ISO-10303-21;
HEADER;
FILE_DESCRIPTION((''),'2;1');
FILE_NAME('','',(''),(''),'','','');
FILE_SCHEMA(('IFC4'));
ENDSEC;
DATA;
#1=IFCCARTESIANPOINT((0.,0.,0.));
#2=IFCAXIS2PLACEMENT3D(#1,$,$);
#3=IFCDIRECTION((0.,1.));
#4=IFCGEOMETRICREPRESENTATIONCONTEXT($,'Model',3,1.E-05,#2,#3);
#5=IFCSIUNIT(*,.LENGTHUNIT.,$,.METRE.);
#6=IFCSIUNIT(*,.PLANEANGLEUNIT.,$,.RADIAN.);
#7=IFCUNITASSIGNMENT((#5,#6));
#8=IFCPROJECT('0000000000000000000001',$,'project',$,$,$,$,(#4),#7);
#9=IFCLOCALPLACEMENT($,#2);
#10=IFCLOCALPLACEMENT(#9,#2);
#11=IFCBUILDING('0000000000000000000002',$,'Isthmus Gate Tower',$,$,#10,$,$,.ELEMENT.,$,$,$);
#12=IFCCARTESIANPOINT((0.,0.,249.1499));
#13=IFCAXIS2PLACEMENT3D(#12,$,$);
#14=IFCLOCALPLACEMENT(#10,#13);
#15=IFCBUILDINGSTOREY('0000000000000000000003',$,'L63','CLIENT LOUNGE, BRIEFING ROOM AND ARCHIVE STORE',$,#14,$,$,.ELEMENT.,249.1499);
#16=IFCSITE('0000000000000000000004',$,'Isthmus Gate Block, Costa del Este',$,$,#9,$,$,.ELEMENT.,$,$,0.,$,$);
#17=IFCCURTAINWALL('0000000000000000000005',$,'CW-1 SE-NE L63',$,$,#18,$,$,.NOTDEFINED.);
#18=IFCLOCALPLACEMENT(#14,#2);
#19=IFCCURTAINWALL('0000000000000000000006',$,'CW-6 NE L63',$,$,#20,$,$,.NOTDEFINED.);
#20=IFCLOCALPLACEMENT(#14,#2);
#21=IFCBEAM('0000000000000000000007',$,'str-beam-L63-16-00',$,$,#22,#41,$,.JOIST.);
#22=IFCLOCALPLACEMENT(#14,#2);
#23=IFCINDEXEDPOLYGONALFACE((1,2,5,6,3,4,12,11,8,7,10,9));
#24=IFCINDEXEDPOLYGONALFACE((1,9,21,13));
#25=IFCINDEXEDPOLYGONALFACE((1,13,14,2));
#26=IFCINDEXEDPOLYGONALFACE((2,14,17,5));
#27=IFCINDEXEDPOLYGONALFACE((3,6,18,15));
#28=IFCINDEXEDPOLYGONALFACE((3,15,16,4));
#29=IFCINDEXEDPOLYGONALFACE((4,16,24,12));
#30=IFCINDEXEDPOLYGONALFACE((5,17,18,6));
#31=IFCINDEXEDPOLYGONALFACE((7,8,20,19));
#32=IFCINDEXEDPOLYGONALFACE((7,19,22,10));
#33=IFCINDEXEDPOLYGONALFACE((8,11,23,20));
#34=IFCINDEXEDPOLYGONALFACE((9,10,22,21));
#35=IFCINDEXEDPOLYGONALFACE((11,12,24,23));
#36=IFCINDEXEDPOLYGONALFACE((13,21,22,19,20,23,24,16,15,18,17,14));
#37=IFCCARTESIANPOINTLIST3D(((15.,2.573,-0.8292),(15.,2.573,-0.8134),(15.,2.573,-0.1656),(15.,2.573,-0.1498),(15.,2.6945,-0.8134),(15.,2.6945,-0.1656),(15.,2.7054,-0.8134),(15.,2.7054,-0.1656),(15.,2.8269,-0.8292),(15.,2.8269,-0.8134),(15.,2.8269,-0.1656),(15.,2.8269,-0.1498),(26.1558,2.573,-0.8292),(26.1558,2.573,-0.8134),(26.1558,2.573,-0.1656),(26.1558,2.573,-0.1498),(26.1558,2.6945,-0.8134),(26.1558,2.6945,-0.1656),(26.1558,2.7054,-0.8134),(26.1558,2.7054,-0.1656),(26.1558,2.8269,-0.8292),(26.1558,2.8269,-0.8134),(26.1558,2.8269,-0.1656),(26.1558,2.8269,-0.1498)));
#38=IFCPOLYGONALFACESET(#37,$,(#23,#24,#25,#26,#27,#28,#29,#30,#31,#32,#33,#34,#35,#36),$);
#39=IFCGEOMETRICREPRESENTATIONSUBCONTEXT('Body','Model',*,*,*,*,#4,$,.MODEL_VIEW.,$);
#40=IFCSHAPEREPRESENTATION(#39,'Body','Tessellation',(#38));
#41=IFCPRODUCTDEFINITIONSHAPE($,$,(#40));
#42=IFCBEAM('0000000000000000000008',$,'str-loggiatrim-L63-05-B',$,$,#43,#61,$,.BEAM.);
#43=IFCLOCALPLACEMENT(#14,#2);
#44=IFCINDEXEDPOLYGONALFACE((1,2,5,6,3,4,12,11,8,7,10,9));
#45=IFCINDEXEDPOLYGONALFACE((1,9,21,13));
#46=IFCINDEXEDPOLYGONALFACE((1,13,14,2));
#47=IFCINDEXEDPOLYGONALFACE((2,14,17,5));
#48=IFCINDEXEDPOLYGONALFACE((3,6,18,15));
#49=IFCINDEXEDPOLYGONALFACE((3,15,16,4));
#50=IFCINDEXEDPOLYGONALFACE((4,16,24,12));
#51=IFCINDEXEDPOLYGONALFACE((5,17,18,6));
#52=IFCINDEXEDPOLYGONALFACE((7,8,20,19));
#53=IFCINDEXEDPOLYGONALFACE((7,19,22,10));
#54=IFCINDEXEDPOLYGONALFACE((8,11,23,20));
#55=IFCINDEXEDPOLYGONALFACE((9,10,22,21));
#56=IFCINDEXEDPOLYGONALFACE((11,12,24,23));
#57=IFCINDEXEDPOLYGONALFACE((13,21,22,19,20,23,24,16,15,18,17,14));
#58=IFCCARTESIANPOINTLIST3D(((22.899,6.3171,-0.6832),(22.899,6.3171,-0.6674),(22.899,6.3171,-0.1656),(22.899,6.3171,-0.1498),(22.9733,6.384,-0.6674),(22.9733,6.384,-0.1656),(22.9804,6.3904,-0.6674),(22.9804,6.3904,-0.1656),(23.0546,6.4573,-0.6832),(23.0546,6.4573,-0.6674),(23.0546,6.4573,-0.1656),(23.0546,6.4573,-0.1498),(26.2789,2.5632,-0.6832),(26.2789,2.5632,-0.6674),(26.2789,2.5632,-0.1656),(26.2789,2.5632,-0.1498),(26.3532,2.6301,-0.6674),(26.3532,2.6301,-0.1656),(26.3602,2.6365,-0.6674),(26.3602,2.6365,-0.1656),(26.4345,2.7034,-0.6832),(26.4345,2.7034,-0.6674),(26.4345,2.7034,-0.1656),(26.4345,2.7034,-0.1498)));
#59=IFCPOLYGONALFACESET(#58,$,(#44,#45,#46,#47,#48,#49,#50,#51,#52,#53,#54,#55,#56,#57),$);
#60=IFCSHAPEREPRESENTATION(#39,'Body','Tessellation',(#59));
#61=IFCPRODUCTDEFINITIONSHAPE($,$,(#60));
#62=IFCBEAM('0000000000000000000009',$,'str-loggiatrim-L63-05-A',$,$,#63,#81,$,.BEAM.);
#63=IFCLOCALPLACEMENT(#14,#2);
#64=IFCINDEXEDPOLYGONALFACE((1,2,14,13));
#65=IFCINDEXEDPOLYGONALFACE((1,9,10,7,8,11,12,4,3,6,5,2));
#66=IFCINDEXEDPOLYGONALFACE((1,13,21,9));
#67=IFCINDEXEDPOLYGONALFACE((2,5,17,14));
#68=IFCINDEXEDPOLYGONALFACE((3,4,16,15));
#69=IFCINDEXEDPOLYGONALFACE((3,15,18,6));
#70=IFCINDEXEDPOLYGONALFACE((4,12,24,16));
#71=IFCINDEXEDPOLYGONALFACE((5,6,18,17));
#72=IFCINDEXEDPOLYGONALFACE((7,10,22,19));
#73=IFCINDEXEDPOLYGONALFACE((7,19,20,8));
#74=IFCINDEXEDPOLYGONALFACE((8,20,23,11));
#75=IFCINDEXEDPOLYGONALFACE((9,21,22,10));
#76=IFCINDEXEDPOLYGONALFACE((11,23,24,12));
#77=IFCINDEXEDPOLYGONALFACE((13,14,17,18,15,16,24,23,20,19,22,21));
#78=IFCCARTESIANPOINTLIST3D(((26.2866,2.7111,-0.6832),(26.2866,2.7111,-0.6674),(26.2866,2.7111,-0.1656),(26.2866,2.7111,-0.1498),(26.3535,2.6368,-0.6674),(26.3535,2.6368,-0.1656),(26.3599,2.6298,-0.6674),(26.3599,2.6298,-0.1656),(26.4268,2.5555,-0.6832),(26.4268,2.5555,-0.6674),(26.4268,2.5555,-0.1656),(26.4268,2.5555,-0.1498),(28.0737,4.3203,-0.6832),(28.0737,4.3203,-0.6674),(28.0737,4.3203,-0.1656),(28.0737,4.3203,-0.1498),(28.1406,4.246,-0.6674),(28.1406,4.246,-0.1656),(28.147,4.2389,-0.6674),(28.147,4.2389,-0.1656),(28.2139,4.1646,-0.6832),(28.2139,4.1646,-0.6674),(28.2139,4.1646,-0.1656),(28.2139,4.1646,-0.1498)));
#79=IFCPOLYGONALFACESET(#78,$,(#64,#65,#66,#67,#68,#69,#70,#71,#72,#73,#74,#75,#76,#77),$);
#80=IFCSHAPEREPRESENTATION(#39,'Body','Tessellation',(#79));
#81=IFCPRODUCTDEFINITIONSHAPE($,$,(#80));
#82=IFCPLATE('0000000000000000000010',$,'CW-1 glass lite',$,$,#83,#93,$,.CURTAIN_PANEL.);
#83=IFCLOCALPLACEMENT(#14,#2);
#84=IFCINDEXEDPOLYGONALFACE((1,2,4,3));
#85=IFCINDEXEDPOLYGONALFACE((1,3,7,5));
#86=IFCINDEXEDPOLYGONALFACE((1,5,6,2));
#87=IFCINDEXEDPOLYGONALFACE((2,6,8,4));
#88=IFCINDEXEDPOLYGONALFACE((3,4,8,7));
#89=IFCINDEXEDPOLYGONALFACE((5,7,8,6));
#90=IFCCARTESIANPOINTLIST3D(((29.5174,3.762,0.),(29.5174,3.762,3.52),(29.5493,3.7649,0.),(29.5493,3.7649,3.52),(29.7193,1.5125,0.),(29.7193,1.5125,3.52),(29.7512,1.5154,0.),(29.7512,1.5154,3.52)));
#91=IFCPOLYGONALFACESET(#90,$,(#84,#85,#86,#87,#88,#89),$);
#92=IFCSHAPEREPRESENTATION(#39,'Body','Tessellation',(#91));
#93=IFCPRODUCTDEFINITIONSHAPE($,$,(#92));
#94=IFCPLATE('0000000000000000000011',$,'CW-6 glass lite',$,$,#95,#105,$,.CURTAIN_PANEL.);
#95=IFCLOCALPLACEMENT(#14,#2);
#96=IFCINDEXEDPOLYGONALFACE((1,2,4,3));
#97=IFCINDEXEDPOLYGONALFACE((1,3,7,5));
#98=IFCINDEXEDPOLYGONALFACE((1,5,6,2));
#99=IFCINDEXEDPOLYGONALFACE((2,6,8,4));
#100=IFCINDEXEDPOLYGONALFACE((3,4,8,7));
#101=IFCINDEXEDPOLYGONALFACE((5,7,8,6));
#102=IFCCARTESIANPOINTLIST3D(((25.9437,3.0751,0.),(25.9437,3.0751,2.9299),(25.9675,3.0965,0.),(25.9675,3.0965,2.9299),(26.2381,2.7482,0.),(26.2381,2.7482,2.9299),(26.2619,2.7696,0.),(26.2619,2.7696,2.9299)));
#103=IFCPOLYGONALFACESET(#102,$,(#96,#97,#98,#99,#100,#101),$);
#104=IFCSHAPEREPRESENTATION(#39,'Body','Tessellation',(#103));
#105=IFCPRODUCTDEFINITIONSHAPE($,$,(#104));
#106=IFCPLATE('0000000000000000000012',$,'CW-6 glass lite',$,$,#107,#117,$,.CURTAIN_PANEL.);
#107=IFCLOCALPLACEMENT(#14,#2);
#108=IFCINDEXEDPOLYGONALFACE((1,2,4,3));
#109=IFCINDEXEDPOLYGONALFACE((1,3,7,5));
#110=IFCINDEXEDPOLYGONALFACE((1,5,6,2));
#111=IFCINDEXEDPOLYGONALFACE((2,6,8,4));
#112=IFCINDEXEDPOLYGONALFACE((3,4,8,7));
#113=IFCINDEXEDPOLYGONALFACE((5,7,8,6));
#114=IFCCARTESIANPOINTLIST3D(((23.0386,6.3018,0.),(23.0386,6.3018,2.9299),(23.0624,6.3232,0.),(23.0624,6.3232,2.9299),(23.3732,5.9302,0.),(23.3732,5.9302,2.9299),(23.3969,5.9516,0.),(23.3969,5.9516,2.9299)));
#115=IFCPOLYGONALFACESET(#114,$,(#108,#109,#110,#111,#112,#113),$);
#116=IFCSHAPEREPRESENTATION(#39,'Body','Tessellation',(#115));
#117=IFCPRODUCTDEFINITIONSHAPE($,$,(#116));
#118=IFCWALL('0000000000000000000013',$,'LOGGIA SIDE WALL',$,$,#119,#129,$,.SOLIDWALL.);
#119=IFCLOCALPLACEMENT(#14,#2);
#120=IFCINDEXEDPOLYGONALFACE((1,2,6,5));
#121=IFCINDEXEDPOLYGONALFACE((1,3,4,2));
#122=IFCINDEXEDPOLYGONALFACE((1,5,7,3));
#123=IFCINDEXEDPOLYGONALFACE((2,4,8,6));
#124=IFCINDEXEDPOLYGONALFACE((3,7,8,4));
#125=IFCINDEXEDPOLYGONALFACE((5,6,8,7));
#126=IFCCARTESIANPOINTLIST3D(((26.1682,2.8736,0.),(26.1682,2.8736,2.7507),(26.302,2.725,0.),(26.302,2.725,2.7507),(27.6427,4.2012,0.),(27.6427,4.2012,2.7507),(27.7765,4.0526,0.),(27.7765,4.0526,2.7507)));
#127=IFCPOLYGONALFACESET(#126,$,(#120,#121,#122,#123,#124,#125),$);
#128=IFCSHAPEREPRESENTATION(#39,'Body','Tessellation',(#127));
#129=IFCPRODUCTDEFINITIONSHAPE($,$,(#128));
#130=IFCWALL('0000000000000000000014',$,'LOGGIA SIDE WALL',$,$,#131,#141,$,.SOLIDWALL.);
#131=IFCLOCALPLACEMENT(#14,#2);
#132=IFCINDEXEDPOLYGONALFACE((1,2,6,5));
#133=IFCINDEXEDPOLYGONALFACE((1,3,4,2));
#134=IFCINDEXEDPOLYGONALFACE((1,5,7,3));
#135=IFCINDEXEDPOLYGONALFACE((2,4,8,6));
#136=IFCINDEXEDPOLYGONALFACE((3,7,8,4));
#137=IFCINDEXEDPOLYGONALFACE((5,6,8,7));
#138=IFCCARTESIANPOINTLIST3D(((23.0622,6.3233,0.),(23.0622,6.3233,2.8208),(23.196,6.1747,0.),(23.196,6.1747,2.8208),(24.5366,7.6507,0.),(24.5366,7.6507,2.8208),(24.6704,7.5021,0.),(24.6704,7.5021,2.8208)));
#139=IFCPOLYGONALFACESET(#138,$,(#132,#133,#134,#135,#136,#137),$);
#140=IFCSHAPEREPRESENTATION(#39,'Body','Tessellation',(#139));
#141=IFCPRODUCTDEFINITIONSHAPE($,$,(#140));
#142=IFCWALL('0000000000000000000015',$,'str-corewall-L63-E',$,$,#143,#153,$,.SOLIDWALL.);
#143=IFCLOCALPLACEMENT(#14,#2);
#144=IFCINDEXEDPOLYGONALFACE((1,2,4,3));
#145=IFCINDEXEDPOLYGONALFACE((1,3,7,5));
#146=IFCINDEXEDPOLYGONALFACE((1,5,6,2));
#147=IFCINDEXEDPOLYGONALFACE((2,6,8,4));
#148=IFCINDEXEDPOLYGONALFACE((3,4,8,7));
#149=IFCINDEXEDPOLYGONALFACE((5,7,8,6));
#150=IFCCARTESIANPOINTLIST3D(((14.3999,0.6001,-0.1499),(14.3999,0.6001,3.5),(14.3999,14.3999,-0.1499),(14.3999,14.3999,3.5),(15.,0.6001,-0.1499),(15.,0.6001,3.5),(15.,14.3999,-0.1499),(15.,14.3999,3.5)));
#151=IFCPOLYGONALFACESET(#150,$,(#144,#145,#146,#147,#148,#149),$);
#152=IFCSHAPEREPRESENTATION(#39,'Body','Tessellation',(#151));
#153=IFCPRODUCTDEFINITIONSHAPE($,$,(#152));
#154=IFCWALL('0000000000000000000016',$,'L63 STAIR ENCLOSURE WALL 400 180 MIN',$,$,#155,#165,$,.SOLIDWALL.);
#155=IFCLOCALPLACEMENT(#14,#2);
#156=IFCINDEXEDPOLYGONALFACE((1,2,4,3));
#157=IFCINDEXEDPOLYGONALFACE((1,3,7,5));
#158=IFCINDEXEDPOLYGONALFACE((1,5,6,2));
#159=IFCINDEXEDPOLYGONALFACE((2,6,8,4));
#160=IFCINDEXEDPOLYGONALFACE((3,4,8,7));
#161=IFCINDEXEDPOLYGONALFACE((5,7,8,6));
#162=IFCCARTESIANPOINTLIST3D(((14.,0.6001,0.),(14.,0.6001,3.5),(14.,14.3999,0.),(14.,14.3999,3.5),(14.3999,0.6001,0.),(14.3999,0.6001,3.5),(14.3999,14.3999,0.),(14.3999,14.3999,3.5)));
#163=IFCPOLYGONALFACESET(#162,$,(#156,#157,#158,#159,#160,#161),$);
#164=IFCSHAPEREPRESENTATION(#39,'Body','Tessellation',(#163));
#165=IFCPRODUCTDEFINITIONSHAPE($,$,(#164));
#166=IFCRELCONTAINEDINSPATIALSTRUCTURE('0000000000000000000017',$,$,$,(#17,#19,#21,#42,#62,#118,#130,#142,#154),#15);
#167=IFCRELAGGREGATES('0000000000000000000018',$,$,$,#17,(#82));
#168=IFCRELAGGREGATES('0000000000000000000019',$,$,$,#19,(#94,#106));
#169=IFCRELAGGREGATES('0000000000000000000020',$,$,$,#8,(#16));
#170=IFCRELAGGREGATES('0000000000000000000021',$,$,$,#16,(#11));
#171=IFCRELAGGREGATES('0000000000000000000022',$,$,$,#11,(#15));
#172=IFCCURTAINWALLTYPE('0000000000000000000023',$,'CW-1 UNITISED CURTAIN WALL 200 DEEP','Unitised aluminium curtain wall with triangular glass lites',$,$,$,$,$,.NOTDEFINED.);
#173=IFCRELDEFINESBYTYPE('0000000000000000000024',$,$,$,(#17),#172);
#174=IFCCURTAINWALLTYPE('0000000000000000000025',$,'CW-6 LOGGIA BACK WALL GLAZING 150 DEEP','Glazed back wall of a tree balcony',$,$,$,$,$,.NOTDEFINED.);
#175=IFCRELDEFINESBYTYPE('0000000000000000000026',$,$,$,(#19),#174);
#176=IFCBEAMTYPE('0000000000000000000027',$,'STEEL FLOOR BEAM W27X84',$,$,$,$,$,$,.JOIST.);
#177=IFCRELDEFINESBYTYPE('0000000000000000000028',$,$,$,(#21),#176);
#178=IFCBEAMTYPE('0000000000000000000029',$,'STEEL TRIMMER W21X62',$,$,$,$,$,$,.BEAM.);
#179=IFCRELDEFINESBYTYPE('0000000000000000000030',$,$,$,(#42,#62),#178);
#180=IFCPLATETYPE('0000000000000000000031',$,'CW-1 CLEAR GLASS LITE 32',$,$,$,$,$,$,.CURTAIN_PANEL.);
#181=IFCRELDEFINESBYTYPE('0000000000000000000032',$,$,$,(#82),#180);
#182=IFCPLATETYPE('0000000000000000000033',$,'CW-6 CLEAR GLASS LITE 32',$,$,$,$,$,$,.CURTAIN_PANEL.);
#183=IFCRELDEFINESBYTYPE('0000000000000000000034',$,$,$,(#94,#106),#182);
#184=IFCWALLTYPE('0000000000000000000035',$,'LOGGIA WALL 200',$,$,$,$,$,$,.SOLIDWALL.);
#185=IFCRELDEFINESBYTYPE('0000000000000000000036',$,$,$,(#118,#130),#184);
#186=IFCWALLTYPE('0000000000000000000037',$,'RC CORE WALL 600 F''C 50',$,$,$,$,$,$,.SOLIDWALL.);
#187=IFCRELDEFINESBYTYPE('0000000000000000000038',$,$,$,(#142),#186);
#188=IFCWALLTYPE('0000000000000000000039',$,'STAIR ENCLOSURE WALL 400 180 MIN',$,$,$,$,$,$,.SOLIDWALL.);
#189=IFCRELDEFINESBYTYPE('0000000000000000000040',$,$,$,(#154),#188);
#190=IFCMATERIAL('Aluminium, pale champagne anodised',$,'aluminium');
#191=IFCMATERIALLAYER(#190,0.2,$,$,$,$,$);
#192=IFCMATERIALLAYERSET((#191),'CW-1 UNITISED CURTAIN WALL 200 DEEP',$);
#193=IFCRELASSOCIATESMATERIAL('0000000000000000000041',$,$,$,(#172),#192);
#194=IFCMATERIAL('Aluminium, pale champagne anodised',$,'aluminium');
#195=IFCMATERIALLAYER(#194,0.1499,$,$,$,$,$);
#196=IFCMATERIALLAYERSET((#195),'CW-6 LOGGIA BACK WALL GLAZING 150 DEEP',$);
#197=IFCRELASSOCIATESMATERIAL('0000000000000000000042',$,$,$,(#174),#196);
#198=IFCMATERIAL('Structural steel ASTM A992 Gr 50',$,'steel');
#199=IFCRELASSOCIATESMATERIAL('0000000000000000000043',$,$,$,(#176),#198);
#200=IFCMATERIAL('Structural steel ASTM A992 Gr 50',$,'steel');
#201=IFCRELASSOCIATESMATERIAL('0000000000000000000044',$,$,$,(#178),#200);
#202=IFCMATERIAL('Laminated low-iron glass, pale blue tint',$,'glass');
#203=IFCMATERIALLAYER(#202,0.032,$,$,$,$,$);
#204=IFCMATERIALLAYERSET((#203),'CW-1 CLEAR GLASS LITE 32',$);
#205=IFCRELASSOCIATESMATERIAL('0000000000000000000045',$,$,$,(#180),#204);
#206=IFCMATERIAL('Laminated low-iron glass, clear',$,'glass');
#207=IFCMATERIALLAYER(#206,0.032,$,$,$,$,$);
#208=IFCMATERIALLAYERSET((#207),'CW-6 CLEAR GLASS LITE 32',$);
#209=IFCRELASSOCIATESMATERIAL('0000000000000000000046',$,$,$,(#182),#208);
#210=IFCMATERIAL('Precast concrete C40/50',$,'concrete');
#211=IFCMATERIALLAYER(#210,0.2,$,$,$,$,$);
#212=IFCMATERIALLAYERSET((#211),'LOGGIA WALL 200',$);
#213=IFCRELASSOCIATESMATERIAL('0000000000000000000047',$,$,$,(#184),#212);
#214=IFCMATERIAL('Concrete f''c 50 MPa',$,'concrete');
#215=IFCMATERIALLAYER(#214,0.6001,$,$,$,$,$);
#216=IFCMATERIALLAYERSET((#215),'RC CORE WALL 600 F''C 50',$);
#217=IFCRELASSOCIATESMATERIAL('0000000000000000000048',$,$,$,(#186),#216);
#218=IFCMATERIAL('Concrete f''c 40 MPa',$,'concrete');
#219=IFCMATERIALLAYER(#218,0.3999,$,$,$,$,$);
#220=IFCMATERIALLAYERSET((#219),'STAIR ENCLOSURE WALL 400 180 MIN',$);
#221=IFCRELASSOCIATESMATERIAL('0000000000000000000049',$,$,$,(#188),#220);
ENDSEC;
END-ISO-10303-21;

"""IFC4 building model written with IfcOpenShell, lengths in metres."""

from ifc_helpers import new_model, si_unit, direction, frame, frame_2d, origin, origin_2d, place, context, subcontext, project, spatial, rectangle, i_section, extrude, material, layer, layer_set, material_profile, profile_set, type_object, element, aggregate, save


model = new_model("IFC4")

# Units and contexts
model_context = context("Model", 3, precision=1e-05, world=origin(), true_north=direction((0.0, 1.0)))
body_context = subcontext(model_context, "Body", "Model", "MODEL_VIEW")
ifc_project = project(units=[si_unit("LENGTHUNIT", "METRE"), si_unit("PLANEANGLEUNIT", "RADIAN")], contexts=[model_context])

# Site, building, storey
site_placement = place(None, origin())
site = spatial("IfcSite", under=ifc_project, at=site_placement, Name="Isthmus Gate Block, Costa del Este", CompositionType="ELEMENT", RefElevation=0.0)
building_placement = place(site_placement, origin())
building = spatial("IfcBuilding", under=site, at=building_placement, Name="Isthmus Gate Tower", CompositionType="ELEMENT")
storey_placement = place(building_placement, frame((0.0, 0.0, 249.1499)))
storey = spatial("IfcBuildingStorey", under=building, at=storey_placement, Name="L63", Description="CLIENT LOUNGE, BRIEFING ROOM AND ARCHIVE STORE", CompositionType="ELEMENT", Elevation=249.1499)

# Curtain walls
ifc_material_1 = material(Name="Aluminium, pale champagne anodised", Category="aluminium")
ifc_layer_1 = layer(ifc_material_1, 0.2)
ifc_layer_set_1 = layer_set([ifc_layer_1], Name="CW-1 UNITISED CURTAIN WALL 200 DEEP")
curtain_wall_type_1 = type_object("IfcCurtainWallType", Name="CW-1 UNITISED CURTAIN WALL 200 DEEP", Description="Unitised aluminium curtain wall with triangular glass lites", PredefinedType="NOTDEFINED", material=ifc_layer_set_1)
curtain_wall_1_placement = place(storey_placement, origin())
curtain_wall_1 = element("IfcCurtainWall", 1, at=curtain_wall_1_placement, inside=storey, type_object=curtain_wall_type_1, Name="CW-1 SE-NE L63", PredefinedType="NOTDEFINED")
ifc_material_2 = material(Name="Aluminium, pale champagne anodised", Category="aluminium")
ifc_layer_2 = layer(ifc_material_2, 0.1499)
ifc_layer_set_2 = layer_set([ifc_layer_2], Name="CW-6 LOGGIA BACK WALL GLAZING 150 DEEP")
curtain_wall_type_2 = type_object("IfcCurtainWallType", Name="CW-6 LOGGIA BACK WALL GLAZING 150 DEEP", Description="Glazed back wall of a tree balcony", PredefinedType="NOTDEFINED", material=ifc_layer_set_2)
curtain_wall_2_placement = place(storey_placement, origin())
curtain_wall_2 = element("IfcCurtainWall", 2, at=curtain_wall_2_placement, inside=storey, type_object=curtain_wall_type_2, Name="CW-6 NE L63", PredefinedType="NOTDEFINED")

# Beams
ifc_material_3 = material(Name="Structural steel ASTM A992 Gr 50", Category="steel")
ifc_material_profile_1 = material_profile(ifc_material_3, i_section(OverallWidth=0.2539, OverallDepth=0.6794, WebThickness=0.011, FlangeThickness=0.0159, at=origin_2d()), Name="W27X84")
ifc_profile_set_1 = profile_set([ifc_material_profile_1], Name="Structural steel ASTM A992 Gr 50")
beam_type_1 = type_object("IfcBeamType", Name="STEEL FLOOR BEAM W27X84", PredefinedType="JOIST", material=ifc_profile_set_1)
beam_1_placement = place(storey_placement, frame((15.0, 2.7, -0.4895), z_axis=(1.0, 0.0, 0.0), x_axis=(0.0, 1.0, 0.0)))
element("IfcBeam", 3, at=beam_1_placement, inside=storey, type_object=beam_type_1, Name="str-beam-L63-16-00", PredefinedType="JOIST", context=body_context, shape_type="SweptSolid", body=[
    extrude(i_section(OverallWidth=0.2539, OverallDepth=0.6794, WebThickness=0.011, FlangeThickness=0.0159, at=origin_2d()), origin(), (0.0, 0.0, 1.0), 11.1558),
])
ifc_material_4 = material(Name="Structural steel ASTM A992 Gr 50", Category="steel")
ifc_material_profile_2 = material_profile(ifc_material_4, i_section(OverallWidth=0.2095, OverallDepth=0.5334, WebThickness=0.0095, FlangeThickness=0.0159, at=origin_2d()), Name="W21X62")
ifc_profile_set_2 = profile_set([ifc_material_profile_2], Name="Structural steel ASTM A992 Gr 50")
beam_type_2 = type_object("IfcBeamType", Name="STEEL TRIMMER W21X62", PredefinedType="BEAM", material=ifc_profile_set_2)
beam_2_placement = place(storey_placement, frame((26.3567, 2.6333, -0.4165), z_axis=(-0.669114, 0.74316, 0.0), x_axis=(-0.74316, -0.669114, 0.0)))
element("IfcBeam", 4, at=beam_2_placement, inside=storey, type_object=beam_type_2, Name="str-loggiatrim-L63-05-B", PredefinedType="BEAM", context=body_context, shape_type="SweptSolid", body=[
    extrude(i_section(OverallWidth=0.2095, OverallDepth=0.5334, WebThickness=0.0095, FlangeThickness=0.0159, at=origin_2d()), origin(), (0.0, 0.0, 1.0), 5.0513),
])
beam_3_placement = place(storey_placement, frame((28.1438, 4.2424, -0.4165), z_axis=(-0.743143, -0.669133, 0.0), x_axis=(0.669133, -0.743143, 0.0)))
element("IfcBeam", 5, at=beam_3_placement, inside=storey, type_object=beam_type_2, Name="str-loggiatrim-L63-05-A", PredefinedType="BEAM", context=body_context, shape_type="SweptSolid", body=[
    extrude(i_section(OverallWidth=0.2095, OverallDepth=0.5334, WebThickness=0.0095, FlangeThickness=0.0159, at=origin_2d()), origin(), (0.0, 0.0, 1.0), 2.4048),
])

# Plates
ifc_material_5 = material(Name="Laminated low-iron glass, pale blue tint", Category="glass")
ifc_layer_3 = layer(ifc_material_5, 0.032)
ifc_layer_set_3 = layer_set([ifc_layer_3], Name="CW-1 CLEAR GLASS LITE 32")
plate_type_1 = type_object("IfcPlateType", Name="CW-1 CLEAR GLASS LITE 32", PredefinedType="CURTAIN_PANEL", material=ifc_layer_set_3)
plate_1_placement = place(storey_placement, frame((29.6343, 2.6387, 0.0), z_axis=(0.0, 0.0, 1.0), x_axis=(-0.089397, 0.995996, 0.0)))
plate_1 = element("IfcPlate", 6, at=plate_1_placement, type_object=plate_type_1, Name="CW-1 glass lite", PredefinedType="CURTAIN_PANEL", context=body_context, shape_type="SweptSolid", body=[
    extrude(rectangle(XDim=2.2585, YDim=0.032, at=origin_2d()), origin(), (0.0, 0.0, 1.0), 3.52),
])
aggregate(curtain_wall_1, [plate_1])
ifc_material_6 = material(Name="Laminated low-iron glass, clear", Category="glass")
ifc_layer_4 = layer(ifc_material_6, 0.032)
ifc_layer_set_4 = layer_set([ifc_layer_4], Name="CW-6 CLEAR GLASS LITE 32")
plate_type_2 = type_object("IfcPlateType", Name="CW-6 CLEAR GLASS LITE 32", PredefinedType="CURTAIN_PANEL", material=ifc_layer_set_4)
plate_2_placement = place(storey_placement, frame((26.1028, 2.9224, 0.0), z_axis=(0.0, 0.0, 1.0), x_axis=(-0.669131, 0.743145, 0.0)))
plate_2 = element("IfcPlate", 7, at=plate_2_placement, type_object=plate_type_2, Name="CW-6 glass lite", PredefinedType="CURTAIN_PANEL", context=body_context, shape_type="SweptSolid", body=[
    extrude(rectangle(XDim=0.4399, YDim=0.032, at=origin_2d()), origin(), (0.0, 0.0, 1.0), 2.9299),
])
plate_3_placement = place(storey_placement, frame((23.2178, 6.1267, 0.0), z_axis=(0.0, 0.0, 1.0), x_axis=(-0.669131, 0.743145, 0.0)))
plate_3 = element("IfcPlate", 8, at=plate_3_placement, type_object=plate_type_2, Name="CW-6 glass lite", PredefinedType="CURTAIN_PANEL", context=body_context, shape_type="SweptSolid", body=[
    extrude(rectangle(XDim=0.5, YDim=0.032, at=origin_2d()), origin(), (0.0, 0.0, 1.0), 2.9299),
])
aggregate(curtain_wall_2, [plate_2, plate_3])

# Shared definitions
ifc_material_7 = material(Name="Precast concrete C40/50", Category="concrete")
ifc_layer_5 = layer(ifc_material_7, 0.2)
ifc_layer_set_5 = layer_set([ifc_layer_5], Name="LOGGIA WALL 200")
wall_type_1 = type_object("IfcWallType", Name="LOGGIA WALL 200", PredefinedType="SOLIDWALL", material=ifc_layer_set_5)

# Walls
wall_1_placement = place(storey_placement, frame((27.7097, 4.127, 0.0), z_axis=(0.0, 0.0, 1.0), x_axis=(-0.743172, -0.669101, 0.0)))
element("IfcWall", 9, at=wall_1_placement, inside=storey, type_object=wall_type_1, Name="LOGGIA SIDE WALL", PredefinedType="SOLIDWALL", context=body_context, shape_type="SweptSolid", body=[
    extrude(rectangle(XDim=1.9841, YDim=0.2, at=frame_2d((0.9922, 0.0))), origin(), (0.0, 0.0, 1.0), 2.7507),
])
wall_2_placement = place(storey_placement, frame((24.6035, 7.5764, 0.0), z_axis=(0.0, 0.0, 1.0), x_axis=(-0.743178, -0.669094, 0.0)))
element("IfcWall", 10, at=wall_2_placement, inside=storey, type_object=wall_type_1, Name="LOGGIA SIDE WALL", PredefinedType="SOLIDWALL", context=body_context, shape_type="SweptSolid", body=[
    extrude(rectangle(XDim=1.9839, YDim=0.2, at=frame_2d((0.9919, 0.0))), origin(), (0.0, 0.0, 1.0), 2.8208),
])
ifc_material_8 = material(Name="Concrete f'c 50 MPa", Category="concrete")
ifc_layer_6 = layer(ifc_material_8, 0.6001)
ifc_layer_set_6 = layer_set([ifc_layer_6], Name="RC CORE WALL 600 F'C 50")
wall_type_2 = type_object("IfcWallType", Name="RC CORE WALL 600 F'C 50", PredefinedType="SOLIDWALL", material=ifc_layer_set_6)
wall_3_placement = place(storey_placement, frame((14.7, 0.6001, -0.1499), z_axis=(0.0, 0.0, 1.0), x_axis=(0.0, 1.0, 0.0)))
element("IfcWall", 11, at=wall_3_placement, inside=storey, type_object=wall_type_2, Name="str-corewall-L63-E", PredefinedType="SOLIDWALL", context=body_context, shape_type="SweptSolid", body=[
    extrude(rectangle(XDim=13.7998, YDim=0.6001, at=frame_2d((6.8999, 0.0))), origin(), (0.0, 0.0, 1.0), 3.6499),
])
ifc_material_9 = material(Name="Concrete f'c 40 MPa", Category="concrete")
ifc_layer_7 = layer(ifc_material_9, 0.3999)
ifc_layer_set_7 = layer_set([ifc_layer_7], Name="STAIR ENCLOSURE WALL 400 180 MIN")
wall_type_3 = type_object("IfcWallType", Name="STAIR ENCLOSURE WALL 400 180 MIN", PredefinedType="SOLIDWALL", material=ifc_layer_set_7)
wall_4_placement = place(storey_placement, frame((14.2, 0.6001, 0.0), z_axis=(0.0, 0.0, 1.0), x_axis=(0.0, 1.0, 0.0)))
element("IfcWall", 12, at=wall_4_placement, inside=storey, type_object=wall_type_3, Name="L63 STAIR ENCLOSURE WALL 400 180 MIN", PredefinedType="SOLIDWALL", context=body_context, shape_type="SweptSolid", body=[
    extrude(rectangle(XDim=13.7998, YDim=0.3999, at=frame_2d((6.8999, 0.0))), origin(), (0.0, 0.0, 1.0), 3.5),
])

save(model, "model.ifc")
